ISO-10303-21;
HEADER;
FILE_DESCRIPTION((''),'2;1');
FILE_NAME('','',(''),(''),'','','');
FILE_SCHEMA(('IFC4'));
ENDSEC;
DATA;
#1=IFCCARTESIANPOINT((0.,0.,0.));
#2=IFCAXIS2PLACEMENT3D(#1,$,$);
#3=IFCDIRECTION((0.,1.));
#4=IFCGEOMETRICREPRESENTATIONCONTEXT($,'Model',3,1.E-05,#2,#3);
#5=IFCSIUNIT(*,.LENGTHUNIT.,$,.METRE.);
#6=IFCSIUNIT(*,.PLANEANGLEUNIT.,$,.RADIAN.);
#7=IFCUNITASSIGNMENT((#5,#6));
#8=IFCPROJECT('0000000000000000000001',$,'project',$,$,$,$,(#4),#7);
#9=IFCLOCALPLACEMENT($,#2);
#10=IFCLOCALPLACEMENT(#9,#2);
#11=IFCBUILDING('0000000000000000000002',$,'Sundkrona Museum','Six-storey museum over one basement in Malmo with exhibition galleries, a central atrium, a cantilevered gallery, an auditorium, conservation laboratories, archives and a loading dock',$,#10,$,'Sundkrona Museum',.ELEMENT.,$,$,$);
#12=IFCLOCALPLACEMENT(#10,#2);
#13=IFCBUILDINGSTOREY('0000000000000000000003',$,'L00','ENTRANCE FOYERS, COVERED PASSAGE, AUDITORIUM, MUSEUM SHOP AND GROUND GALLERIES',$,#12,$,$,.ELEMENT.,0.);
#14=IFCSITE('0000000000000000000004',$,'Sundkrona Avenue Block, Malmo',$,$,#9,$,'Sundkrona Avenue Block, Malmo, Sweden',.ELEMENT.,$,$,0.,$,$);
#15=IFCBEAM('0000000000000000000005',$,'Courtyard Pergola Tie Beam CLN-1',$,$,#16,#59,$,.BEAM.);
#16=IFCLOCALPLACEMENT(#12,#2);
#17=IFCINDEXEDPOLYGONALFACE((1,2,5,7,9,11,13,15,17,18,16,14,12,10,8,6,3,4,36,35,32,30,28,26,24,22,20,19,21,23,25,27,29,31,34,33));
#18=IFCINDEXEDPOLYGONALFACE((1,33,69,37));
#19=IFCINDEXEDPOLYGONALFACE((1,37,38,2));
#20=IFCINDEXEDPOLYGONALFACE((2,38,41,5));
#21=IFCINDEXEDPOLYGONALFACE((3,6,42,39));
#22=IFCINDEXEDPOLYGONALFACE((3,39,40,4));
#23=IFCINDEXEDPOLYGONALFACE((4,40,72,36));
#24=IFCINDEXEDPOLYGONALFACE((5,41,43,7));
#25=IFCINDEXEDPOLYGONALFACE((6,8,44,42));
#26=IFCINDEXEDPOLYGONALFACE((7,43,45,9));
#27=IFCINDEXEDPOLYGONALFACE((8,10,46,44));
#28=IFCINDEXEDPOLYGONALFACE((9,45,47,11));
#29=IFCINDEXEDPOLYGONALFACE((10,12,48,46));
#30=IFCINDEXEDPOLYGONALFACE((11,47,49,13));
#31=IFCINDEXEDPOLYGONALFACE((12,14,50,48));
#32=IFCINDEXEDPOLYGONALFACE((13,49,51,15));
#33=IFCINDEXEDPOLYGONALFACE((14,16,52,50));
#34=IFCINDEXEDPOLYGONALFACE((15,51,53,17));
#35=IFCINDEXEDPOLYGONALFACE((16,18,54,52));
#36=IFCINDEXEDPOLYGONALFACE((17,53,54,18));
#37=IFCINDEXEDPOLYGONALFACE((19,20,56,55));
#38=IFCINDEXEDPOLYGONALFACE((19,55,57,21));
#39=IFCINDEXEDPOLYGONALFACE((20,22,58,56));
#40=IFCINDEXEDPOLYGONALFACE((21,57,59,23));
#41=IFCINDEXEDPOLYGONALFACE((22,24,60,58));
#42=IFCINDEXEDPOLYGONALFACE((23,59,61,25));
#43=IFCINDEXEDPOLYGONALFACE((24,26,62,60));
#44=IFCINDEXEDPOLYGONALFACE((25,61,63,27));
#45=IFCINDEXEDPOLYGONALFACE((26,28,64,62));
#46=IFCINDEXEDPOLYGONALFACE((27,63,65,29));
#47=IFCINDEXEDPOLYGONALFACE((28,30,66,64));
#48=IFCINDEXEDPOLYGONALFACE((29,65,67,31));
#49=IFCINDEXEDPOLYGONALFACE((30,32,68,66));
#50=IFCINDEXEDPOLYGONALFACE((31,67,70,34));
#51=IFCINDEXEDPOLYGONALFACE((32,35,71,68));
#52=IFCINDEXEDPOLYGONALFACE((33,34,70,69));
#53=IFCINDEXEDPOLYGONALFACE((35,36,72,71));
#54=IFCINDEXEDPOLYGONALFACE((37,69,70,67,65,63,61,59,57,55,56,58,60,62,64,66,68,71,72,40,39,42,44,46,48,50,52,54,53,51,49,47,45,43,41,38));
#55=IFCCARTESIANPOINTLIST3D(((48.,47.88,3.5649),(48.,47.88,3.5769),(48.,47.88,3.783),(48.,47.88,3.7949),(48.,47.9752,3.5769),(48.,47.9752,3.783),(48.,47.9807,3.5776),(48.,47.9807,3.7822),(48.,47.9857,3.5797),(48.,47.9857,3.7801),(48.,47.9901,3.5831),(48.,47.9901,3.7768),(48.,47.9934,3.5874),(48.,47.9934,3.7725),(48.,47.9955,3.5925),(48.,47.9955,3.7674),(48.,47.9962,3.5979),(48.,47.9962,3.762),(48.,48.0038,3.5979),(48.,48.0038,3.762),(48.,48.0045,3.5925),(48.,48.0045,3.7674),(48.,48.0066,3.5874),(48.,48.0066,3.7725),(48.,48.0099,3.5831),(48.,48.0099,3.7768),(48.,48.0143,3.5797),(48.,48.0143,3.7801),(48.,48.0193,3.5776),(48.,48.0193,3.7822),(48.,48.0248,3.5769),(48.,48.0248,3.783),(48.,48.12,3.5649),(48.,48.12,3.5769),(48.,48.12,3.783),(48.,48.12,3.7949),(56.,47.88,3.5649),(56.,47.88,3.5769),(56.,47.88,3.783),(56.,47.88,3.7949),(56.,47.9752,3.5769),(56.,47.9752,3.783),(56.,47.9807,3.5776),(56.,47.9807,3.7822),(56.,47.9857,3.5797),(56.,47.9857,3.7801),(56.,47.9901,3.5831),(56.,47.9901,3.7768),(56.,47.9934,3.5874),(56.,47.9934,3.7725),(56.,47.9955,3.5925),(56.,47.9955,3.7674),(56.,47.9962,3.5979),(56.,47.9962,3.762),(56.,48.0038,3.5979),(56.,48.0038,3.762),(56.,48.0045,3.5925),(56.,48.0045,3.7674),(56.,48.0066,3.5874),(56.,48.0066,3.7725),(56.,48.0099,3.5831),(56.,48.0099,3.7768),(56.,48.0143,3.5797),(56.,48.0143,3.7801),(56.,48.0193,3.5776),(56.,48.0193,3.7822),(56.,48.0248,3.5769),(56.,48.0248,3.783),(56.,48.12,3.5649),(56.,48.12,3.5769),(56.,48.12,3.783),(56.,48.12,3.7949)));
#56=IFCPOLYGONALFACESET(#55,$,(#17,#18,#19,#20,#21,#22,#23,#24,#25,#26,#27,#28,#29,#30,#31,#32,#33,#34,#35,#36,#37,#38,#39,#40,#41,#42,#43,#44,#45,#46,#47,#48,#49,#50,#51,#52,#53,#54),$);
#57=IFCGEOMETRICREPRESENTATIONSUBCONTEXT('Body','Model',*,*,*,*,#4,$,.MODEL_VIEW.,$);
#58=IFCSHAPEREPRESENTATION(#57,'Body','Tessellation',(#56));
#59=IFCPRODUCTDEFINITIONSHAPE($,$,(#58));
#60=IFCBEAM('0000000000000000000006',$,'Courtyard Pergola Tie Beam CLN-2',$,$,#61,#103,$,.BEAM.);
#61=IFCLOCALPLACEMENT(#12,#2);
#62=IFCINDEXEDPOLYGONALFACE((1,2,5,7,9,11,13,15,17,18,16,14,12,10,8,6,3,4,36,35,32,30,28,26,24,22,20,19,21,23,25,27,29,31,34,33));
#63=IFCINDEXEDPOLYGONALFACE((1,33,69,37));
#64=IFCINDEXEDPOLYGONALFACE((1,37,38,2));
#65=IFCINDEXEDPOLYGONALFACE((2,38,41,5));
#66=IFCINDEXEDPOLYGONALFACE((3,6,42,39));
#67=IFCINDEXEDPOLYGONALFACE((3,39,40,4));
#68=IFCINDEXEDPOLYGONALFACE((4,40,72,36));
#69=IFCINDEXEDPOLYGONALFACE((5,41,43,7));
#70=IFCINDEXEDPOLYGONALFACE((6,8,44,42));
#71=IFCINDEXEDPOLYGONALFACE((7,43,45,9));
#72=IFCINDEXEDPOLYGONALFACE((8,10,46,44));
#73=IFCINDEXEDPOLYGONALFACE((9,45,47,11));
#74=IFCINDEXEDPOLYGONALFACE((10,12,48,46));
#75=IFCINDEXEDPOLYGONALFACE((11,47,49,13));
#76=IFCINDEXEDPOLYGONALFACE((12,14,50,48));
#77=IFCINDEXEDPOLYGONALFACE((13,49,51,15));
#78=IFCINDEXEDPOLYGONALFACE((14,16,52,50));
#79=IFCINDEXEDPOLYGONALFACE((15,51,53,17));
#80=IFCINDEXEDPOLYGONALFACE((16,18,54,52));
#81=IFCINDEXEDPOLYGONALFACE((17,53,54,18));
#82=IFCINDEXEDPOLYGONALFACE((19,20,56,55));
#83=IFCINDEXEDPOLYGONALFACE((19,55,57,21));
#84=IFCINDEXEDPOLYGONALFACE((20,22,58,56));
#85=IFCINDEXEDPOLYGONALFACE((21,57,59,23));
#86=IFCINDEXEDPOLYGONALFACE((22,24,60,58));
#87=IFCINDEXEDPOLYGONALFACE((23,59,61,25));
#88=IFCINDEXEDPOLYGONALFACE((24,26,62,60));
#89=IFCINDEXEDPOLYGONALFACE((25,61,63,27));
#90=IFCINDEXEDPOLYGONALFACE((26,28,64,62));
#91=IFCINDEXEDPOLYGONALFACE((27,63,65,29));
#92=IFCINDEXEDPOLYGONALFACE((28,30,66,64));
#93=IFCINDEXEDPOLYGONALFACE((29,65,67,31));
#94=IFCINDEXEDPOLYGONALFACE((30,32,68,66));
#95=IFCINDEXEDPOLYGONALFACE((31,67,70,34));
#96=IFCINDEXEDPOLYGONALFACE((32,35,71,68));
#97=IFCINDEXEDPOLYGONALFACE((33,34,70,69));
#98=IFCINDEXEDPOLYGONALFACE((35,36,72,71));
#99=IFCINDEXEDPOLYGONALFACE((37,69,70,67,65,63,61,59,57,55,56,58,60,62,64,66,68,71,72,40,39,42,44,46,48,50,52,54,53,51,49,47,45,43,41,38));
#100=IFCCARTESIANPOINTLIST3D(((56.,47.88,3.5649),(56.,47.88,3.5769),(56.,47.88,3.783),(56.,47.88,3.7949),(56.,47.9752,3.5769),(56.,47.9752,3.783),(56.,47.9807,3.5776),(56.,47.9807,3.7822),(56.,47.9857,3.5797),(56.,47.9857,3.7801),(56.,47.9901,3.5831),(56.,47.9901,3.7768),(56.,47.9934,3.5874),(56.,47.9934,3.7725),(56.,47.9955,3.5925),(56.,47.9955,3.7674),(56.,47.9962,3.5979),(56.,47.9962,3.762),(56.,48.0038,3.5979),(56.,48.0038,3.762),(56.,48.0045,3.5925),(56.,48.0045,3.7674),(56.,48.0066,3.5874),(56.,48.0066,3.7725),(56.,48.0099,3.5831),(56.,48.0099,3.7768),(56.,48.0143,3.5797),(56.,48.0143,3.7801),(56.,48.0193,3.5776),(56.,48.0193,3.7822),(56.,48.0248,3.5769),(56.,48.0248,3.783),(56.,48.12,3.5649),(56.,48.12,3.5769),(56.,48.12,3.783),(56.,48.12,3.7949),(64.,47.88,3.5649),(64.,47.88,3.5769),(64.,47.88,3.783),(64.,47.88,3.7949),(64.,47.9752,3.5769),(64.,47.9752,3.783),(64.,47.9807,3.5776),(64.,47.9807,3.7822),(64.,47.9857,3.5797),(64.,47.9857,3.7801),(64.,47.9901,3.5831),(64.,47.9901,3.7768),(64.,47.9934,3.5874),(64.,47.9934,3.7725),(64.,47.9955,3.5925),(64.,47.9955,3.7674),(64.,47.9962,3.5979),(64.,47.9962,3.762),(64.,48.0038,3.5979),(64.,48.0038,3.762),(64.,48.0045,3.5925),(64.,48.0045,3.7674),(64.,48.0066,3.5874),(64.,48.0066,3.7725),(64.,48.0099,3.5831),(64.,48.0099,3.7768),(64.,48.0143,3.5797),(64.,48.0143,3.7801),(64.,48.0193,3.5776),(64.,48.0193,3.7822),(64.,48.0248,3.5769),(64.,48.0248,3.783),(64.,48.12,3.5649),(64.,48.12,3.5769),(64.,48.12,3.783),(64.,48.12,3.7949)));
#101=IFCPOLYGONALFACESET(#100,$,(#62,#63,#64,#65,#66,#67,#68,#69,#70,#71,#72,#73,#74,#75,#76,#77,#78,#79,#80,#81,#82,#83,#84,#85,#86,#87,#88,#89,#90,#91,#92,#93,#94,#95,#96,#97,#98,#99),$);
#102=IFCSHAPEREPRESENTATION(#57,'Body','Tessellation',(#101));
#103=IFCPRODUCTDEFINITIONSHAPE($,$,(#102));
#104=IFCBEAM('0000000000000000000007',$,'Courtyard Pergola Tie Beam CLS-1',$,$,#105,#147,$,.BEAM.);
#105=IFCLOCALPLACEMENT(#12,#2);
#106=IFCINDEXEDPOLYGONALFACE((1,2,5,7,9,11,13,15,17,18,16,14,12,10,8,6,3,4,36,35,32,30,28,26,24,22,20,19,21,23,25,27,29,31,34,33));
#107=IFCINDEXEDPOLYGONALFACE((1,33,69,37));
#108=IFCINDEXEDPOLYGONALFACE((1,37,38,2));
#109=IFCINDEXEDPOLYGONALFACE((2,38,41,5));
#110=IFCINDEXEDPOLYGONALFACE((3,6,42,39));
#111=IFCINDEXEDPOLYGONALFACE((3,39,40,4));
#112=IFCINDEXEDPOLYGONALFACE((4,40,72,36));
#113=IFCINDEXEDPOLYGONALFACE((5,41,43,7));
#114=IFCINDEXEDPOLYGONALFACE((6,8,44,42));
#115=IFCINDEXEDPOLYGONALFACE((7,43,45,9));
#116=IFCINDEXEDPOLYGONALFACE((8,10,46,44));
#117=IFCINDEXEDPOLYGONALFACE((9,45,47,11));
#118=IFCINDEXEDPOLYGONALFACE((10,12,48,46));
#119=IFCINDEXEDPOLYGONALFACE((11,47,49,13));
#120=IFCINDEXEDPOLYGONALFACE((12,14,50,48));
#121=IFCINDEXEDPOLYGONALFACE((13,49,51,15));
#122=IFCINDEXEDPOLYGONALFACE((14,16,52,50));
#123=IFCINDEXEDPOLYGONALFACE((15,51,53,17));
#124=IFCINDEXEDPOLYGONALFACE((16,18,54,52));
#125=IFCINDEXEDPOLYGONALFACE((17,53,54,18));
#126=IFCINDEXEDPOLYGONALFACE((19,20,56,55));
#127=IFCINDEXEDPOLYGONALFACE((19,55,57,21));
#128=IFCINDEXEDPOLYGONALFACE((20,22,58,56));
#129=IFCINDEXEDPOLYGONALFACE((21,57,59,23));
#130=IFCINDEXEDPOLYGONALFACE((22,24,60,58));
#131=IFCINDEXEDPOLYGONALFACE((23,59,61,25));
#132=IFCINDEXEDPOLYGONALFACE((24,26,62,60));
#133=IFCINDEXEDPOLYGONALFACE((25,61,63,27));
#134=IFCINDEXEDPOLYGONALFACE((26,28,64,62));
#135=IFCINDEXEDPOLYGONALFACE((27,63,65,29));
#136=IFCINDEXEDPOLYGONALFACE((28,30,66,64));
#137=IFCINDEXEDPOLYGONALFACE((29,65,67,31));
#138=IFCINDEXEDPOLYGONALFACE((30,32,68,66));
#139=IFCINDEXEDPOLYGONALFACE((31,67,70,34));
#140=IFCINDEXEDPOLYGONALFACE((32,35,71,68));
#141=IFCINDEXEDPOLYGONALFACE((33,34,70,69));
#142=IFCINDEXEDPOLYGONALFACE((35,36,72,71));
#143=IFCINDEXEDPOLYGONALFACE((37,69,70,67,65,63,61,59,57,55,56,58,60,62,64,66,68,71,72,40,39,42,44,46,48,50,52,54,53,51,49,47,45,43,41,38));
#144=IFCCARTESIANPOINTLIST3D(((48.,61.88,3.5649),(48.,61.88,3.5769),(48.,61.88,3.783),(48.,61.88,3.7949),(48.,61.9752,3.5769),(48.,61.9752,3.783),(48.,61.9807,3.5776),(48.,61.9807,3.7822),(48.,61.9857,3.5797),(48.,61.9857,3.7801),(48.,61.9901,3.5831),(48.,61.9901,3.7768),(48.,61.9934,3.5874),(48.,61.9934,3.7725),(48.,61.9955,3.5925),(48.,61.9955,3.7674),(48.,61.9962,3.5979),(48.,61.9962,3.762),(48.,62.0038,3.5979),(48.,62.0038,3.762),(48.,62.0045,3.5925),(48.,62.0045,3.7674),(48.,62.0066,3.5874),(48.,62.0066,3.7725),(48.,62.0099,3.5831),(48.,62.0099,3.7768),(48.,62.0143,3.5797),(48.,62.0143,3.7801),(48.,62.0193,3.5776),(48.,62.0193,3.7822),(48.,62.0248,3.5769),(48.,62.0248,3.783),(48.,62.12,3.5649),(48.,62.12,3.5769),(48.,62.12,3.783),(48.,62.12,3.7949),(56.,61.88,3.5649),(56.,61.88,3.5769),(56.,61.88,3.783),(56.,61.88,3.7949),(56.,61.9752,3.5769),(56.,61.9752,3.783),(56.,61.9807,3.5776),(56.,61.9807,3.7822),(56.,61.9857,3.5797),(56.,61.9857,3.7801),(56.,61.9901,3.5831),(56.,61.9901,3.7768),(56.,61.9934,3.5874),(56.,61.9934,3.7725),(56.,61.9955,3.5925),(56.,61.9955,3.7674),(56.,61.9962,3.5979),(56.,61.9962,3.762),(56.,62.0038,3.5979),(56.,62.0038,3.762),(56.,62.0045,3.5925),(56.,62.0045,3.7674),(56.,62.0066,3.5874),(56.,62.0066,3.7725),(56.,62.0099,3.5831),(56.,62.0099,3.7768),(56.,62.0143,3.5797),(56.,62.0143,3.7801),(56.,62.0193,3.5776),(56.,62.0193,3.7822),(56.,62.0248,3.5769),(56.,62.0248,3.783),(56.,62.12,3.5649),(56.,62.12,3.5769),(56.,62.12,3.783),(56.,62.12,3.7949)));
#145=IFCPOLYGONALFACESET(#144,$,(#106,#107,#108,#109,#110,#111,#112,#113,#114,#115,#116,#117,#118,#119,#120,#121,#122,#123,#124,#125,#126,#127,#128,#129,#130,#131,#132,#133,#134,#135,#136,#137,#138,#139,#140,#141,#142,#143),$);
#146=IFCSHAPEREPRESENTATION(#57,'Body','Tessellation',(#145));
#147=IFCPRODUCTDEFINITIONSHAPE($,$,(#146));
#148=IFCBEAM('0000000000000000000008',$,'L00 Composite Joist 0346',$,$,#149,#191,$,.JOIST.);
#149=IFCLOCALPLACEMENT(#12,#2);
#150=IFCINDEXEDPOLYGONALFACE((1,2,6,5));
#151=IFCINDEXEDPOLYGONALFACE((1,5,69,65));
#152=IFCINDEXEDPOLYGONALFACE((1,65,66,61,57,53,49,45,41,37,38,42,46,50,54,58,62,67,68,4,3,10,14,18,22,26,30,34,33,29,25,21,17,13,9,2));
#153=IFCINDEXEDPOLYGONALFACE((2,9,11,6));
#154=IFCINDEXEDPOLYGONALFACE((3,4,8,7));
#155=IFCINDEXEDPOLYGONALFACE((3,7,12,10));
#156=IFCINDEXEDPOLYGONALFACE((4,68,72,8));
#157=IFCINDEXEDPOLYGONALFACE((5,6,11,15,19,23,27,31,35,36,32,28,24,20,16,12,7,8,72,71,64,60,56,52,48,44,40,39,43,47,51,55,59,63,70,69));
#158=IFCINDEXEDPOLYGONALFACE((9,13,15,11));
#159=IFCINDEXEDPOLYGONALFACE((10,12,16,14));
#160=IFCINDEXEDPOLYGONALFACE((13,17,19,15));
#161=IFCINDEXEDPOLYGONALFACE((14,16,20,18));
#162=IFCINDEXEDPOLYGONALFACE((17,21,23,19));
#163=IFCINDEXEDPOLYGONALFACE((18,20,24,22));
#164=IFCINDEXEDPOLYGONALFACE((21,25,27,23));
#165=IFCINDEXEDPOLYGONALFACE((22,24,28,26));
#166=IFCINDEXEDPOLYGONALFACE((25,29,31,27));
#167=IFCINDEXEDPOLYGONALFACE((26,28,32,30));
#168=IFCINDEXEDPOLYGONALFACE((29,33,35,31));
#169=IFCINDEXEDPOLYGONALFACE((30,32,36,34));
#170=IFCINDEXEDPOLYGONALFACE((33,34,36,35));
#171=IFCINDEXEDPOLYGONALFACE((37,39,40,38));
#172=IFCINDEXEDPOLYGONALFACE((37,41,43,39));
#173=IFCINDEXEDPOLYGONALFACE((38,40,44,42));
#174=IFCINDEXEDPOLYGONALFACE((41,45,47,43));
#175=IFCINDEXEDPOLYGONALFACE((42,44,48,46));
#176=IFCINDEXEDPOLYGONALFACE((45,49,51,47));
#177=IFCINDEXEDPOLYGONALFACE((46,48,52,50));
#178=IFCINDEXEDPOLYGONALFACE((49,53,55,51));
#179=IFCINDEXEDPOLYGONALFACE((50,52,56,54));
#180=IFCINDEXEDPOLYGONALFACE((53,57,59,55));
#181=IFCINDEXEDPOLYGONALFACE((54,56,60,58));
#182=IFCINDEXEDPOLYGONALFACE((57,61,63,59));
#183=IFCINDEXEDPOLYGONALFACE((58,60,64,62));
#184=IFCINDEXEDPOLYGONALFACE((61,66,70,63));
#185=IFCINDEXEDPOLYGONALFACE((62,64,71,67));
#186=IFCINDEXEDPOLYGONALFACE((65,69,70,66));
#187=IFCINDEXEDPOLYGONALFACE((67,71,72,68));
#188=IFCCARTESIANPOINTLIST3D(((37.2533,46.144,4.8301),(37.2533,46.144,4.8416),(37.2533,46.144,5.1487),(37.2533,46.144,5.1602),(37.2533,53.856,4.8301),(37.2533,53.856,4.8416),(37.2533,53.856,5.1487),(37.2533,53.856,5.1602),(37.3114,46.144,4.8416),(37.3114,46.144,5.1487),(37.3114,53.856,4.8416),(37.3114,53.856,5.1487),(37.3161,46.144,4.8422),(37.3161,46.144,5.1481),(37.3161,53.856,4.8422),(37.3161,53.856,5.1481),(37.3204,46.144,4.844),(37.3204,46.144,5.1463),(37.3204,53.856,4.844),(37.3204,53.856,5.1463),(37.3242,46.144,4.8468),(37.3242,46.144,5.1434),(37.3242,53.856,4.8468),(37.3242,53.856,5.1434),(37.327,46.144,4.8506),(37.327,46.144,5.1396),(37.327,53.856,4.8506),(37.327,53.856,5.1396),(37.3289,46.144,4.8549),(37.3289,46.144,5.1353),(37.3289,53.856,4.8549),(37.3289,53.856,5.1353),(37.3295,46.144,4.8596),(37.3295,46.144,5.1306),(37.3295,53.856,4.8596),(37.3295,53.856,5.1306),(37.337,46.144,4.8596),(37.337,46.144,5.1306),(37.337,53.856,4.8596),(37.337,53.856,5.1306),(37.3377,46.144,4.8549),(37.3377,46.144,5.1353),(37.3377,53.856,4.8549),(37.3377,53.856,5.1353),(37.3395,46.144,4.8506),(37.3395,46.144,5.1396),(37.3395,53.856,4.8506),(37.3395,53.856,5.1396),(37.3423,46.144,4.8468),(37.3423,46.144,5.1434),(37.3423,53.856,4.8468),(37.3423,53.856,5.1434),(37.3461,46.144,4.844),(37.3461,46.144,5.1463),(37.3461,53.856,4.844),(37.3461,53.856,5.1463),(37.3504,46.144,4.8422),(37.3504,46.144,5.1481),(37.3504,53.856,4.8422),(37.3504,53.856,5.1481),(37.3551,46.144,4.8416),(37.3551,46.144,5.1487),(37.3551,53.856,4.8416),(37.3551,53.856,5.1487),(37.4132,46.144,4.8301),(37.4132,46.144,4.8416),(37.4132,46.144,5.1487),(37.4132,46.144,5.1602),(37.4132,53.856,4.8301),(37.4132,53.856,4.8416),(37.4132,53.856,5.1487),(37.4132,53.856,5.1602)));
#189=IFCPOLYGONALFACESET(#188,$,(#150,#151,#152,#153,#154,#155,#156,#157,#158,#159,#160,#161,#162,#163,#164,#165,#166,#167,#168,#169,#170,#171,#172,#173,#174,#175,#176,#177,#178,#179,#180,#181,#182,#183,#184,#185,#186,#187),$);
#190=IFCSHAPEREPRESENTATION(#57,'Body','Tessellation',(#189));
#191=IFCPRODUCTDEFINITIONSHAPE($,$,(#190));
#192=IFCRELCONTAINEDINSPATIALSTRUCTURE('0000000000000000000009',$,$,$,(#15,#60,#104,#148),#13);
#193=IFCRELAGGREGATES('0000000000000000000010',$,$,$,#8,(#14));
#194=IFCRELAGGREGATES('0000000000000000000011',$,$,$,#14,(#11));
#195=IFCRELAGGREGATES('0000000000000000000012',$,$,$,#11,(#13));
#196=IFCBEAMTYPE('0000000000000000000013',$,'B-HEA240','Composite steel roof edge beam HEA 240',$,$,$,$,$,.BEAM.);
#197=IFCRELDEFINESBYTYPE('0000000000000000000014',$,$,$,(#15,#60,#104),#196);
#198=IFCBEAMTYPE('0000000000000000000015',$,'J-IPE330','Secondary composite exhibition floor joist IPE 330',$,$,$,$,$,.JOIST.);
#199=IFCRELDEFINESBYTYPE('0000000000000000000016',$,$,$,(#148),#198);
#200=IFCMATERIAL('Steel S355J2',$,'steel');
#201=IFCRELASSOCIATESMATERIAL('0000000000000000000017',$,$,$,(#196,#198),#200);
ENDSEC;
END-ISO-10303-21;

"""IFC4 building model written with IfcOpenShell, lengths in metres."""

from ifc_helpers import new_model, si_unit, direction, frame, origin, origin_2d, place, context, subcontext, project, spatial, i_section, extrude, material, material_profile, profile_set, type_object, element, save


model = new_model("IFC4")

# Units and contexts
model_context = context("Model", 3, precision=1e-05, world=origin(), true_north=direction((0.0, 1.0)))
body_context = subcontext(model_context, "Body", "Model", "MODEL_VIEW")
ifc_project = project(units=[si_unit("LENGTHUNIT", "METRE"), si_unit("PLANEANGLEUNIT", "RADIAN")], contexts=[model_context])

# Site, building, storey
site_placement = place(None, origin())
site = spatial("IfcSite", under=ifc_project, at=site_placement, Name="Sundkrona Avenue Block, Malmo", LongName="Sundkrona Avenue Block, Malmo, Sweden", CompositionType="ELEMENT", RefElevation=0.0)
building_placement = place(site_placement, origin())
building = spatial("IfcBuilding", under=site, at=building_placement, Name="Sundkrona Museum", Description="Six-storey museum over one basement in Malmo with exhibition galleries, a central atrium, a cantilevered gallery, an auditorium, conservation laboratories, archives and a loading dock", LongName="Sundkrona Museum", CompositionType="ELEMENT")
storey_placement = place(building_placement, origin())
storey = spatial("IfcBuildingStorey", under=building, at=storey_placement, Name="L00", Description="ENTRANCE FOYERS, COVERED PASSAGE, AUDITORIUM, MUSEUM SHOP AND GROUND GALLERIES", CompositionType="ELEMENT", Elevation=0.0)

# Shared definitions
ifc_material_1 = material(Name="Steel S355J2", Category="steel")

# Beams
ifc_material_profile_1 = material_profile(ifc_material_1, i_section(OverallWidth=0.24, OverallDepth=0.23, WebThickness=0.0076, FlangeThickness=0.012, FilletRadius=0.021, at=origin_2d()), Name="HEA 240")
ifc_profile_set_1 = profile_set([ifc_material_profile_1], Name="Steel S355J2")
beam_type_1 = type_object("IfcBeamType", Name="B-HEA240", Description="Composite steel roof edge beam HEA 240", PredefinedType="BEAM", material=ifc_profile_set_1)
for number, where, z_axis, x_axis, name in (
    (1, (48.0, 48.0, 3.6799), (1.0, 0.0, 0.0), (0.0, 1.0, 0.0), "Courtyard Pergola Tie Beam CLN-1"),
    (2, (56.0, 48.0, 3.6799), (1.0, 0.0, 0.0), (0.0, 1.0, 0.0), "Courtyard Pergola Tie Beam CLN-2"),
    (3, (48.0, 62.0, 3.6799), (1.0, 0.0, 0.0), (0.0, 1.0, 0.0), "Courtyard Pergola Tie Beam CLS-1"),
):
    element("IfcBeam", number, at=place(storey_placement, frame(where, z_axis=z_axis, x_axis=x_axis)), inside=storey, type_object=beam_type_1, Name=name, PredefinedType="BEAM", context=body_context, shape_type="SweptSolid", body=[
        extrude(i_section(OverallWidth=0.24, OverallDepth=0.23, WebThickness=0.0076, FlangeThickness=0.012, FilletRadius=0.021, at=origin_2d()), origin(), (0.0, 0.0, 1.0), 8.0),
    ])
ifc_material_profile_2 = material_profile(ifc_material_1, i_section(OverallWidth=0.1599, OverallDepth=0.3301, WebThickness=0.0076, FlangeThickness=0.0115, FilletRadius=0.0181, at=origin_2d()), Name="IPE 330")
ifc_profile_set_2 = profile_set([ifc_material_profile_2], Name="Steel S355J2")
beam_type_2 = type_object("IfcBeamType", Name="J-IPE330", Description="Secondary composite exhibition floor joist IPE 330", PredefinedType="JOIST", material=ifc_profile_set_2)
for number, where, z_axis, x_axis, name in (
    (4, (37.3333, 46.144, 4.9951), (0.0, 1.0, 0.0), (-1.0, 0.0, 0.0), "L00 Composite Joist 0346"),
):
    element("IfcBeam", number, at=place(storey_placement, frame(where, z_axis=z_axis, x_axis=x_axis)), inside=storey, type_object=beam_type_2, Name=name, PredefinedType="JOIST", context=body_context, shape_type="SweptSolid", body=[
        extrude(i_section(OverallWidth=0.1599, OverallDepth=0.3301, WebThickness=0.0076, FlangeThickness=0.0115, FilletRadius=0.0181, at=origin_2d()), origin(), (0.0, 0.0, 1.0), 7.7119),
    ])

save(model, "model.ifc")
